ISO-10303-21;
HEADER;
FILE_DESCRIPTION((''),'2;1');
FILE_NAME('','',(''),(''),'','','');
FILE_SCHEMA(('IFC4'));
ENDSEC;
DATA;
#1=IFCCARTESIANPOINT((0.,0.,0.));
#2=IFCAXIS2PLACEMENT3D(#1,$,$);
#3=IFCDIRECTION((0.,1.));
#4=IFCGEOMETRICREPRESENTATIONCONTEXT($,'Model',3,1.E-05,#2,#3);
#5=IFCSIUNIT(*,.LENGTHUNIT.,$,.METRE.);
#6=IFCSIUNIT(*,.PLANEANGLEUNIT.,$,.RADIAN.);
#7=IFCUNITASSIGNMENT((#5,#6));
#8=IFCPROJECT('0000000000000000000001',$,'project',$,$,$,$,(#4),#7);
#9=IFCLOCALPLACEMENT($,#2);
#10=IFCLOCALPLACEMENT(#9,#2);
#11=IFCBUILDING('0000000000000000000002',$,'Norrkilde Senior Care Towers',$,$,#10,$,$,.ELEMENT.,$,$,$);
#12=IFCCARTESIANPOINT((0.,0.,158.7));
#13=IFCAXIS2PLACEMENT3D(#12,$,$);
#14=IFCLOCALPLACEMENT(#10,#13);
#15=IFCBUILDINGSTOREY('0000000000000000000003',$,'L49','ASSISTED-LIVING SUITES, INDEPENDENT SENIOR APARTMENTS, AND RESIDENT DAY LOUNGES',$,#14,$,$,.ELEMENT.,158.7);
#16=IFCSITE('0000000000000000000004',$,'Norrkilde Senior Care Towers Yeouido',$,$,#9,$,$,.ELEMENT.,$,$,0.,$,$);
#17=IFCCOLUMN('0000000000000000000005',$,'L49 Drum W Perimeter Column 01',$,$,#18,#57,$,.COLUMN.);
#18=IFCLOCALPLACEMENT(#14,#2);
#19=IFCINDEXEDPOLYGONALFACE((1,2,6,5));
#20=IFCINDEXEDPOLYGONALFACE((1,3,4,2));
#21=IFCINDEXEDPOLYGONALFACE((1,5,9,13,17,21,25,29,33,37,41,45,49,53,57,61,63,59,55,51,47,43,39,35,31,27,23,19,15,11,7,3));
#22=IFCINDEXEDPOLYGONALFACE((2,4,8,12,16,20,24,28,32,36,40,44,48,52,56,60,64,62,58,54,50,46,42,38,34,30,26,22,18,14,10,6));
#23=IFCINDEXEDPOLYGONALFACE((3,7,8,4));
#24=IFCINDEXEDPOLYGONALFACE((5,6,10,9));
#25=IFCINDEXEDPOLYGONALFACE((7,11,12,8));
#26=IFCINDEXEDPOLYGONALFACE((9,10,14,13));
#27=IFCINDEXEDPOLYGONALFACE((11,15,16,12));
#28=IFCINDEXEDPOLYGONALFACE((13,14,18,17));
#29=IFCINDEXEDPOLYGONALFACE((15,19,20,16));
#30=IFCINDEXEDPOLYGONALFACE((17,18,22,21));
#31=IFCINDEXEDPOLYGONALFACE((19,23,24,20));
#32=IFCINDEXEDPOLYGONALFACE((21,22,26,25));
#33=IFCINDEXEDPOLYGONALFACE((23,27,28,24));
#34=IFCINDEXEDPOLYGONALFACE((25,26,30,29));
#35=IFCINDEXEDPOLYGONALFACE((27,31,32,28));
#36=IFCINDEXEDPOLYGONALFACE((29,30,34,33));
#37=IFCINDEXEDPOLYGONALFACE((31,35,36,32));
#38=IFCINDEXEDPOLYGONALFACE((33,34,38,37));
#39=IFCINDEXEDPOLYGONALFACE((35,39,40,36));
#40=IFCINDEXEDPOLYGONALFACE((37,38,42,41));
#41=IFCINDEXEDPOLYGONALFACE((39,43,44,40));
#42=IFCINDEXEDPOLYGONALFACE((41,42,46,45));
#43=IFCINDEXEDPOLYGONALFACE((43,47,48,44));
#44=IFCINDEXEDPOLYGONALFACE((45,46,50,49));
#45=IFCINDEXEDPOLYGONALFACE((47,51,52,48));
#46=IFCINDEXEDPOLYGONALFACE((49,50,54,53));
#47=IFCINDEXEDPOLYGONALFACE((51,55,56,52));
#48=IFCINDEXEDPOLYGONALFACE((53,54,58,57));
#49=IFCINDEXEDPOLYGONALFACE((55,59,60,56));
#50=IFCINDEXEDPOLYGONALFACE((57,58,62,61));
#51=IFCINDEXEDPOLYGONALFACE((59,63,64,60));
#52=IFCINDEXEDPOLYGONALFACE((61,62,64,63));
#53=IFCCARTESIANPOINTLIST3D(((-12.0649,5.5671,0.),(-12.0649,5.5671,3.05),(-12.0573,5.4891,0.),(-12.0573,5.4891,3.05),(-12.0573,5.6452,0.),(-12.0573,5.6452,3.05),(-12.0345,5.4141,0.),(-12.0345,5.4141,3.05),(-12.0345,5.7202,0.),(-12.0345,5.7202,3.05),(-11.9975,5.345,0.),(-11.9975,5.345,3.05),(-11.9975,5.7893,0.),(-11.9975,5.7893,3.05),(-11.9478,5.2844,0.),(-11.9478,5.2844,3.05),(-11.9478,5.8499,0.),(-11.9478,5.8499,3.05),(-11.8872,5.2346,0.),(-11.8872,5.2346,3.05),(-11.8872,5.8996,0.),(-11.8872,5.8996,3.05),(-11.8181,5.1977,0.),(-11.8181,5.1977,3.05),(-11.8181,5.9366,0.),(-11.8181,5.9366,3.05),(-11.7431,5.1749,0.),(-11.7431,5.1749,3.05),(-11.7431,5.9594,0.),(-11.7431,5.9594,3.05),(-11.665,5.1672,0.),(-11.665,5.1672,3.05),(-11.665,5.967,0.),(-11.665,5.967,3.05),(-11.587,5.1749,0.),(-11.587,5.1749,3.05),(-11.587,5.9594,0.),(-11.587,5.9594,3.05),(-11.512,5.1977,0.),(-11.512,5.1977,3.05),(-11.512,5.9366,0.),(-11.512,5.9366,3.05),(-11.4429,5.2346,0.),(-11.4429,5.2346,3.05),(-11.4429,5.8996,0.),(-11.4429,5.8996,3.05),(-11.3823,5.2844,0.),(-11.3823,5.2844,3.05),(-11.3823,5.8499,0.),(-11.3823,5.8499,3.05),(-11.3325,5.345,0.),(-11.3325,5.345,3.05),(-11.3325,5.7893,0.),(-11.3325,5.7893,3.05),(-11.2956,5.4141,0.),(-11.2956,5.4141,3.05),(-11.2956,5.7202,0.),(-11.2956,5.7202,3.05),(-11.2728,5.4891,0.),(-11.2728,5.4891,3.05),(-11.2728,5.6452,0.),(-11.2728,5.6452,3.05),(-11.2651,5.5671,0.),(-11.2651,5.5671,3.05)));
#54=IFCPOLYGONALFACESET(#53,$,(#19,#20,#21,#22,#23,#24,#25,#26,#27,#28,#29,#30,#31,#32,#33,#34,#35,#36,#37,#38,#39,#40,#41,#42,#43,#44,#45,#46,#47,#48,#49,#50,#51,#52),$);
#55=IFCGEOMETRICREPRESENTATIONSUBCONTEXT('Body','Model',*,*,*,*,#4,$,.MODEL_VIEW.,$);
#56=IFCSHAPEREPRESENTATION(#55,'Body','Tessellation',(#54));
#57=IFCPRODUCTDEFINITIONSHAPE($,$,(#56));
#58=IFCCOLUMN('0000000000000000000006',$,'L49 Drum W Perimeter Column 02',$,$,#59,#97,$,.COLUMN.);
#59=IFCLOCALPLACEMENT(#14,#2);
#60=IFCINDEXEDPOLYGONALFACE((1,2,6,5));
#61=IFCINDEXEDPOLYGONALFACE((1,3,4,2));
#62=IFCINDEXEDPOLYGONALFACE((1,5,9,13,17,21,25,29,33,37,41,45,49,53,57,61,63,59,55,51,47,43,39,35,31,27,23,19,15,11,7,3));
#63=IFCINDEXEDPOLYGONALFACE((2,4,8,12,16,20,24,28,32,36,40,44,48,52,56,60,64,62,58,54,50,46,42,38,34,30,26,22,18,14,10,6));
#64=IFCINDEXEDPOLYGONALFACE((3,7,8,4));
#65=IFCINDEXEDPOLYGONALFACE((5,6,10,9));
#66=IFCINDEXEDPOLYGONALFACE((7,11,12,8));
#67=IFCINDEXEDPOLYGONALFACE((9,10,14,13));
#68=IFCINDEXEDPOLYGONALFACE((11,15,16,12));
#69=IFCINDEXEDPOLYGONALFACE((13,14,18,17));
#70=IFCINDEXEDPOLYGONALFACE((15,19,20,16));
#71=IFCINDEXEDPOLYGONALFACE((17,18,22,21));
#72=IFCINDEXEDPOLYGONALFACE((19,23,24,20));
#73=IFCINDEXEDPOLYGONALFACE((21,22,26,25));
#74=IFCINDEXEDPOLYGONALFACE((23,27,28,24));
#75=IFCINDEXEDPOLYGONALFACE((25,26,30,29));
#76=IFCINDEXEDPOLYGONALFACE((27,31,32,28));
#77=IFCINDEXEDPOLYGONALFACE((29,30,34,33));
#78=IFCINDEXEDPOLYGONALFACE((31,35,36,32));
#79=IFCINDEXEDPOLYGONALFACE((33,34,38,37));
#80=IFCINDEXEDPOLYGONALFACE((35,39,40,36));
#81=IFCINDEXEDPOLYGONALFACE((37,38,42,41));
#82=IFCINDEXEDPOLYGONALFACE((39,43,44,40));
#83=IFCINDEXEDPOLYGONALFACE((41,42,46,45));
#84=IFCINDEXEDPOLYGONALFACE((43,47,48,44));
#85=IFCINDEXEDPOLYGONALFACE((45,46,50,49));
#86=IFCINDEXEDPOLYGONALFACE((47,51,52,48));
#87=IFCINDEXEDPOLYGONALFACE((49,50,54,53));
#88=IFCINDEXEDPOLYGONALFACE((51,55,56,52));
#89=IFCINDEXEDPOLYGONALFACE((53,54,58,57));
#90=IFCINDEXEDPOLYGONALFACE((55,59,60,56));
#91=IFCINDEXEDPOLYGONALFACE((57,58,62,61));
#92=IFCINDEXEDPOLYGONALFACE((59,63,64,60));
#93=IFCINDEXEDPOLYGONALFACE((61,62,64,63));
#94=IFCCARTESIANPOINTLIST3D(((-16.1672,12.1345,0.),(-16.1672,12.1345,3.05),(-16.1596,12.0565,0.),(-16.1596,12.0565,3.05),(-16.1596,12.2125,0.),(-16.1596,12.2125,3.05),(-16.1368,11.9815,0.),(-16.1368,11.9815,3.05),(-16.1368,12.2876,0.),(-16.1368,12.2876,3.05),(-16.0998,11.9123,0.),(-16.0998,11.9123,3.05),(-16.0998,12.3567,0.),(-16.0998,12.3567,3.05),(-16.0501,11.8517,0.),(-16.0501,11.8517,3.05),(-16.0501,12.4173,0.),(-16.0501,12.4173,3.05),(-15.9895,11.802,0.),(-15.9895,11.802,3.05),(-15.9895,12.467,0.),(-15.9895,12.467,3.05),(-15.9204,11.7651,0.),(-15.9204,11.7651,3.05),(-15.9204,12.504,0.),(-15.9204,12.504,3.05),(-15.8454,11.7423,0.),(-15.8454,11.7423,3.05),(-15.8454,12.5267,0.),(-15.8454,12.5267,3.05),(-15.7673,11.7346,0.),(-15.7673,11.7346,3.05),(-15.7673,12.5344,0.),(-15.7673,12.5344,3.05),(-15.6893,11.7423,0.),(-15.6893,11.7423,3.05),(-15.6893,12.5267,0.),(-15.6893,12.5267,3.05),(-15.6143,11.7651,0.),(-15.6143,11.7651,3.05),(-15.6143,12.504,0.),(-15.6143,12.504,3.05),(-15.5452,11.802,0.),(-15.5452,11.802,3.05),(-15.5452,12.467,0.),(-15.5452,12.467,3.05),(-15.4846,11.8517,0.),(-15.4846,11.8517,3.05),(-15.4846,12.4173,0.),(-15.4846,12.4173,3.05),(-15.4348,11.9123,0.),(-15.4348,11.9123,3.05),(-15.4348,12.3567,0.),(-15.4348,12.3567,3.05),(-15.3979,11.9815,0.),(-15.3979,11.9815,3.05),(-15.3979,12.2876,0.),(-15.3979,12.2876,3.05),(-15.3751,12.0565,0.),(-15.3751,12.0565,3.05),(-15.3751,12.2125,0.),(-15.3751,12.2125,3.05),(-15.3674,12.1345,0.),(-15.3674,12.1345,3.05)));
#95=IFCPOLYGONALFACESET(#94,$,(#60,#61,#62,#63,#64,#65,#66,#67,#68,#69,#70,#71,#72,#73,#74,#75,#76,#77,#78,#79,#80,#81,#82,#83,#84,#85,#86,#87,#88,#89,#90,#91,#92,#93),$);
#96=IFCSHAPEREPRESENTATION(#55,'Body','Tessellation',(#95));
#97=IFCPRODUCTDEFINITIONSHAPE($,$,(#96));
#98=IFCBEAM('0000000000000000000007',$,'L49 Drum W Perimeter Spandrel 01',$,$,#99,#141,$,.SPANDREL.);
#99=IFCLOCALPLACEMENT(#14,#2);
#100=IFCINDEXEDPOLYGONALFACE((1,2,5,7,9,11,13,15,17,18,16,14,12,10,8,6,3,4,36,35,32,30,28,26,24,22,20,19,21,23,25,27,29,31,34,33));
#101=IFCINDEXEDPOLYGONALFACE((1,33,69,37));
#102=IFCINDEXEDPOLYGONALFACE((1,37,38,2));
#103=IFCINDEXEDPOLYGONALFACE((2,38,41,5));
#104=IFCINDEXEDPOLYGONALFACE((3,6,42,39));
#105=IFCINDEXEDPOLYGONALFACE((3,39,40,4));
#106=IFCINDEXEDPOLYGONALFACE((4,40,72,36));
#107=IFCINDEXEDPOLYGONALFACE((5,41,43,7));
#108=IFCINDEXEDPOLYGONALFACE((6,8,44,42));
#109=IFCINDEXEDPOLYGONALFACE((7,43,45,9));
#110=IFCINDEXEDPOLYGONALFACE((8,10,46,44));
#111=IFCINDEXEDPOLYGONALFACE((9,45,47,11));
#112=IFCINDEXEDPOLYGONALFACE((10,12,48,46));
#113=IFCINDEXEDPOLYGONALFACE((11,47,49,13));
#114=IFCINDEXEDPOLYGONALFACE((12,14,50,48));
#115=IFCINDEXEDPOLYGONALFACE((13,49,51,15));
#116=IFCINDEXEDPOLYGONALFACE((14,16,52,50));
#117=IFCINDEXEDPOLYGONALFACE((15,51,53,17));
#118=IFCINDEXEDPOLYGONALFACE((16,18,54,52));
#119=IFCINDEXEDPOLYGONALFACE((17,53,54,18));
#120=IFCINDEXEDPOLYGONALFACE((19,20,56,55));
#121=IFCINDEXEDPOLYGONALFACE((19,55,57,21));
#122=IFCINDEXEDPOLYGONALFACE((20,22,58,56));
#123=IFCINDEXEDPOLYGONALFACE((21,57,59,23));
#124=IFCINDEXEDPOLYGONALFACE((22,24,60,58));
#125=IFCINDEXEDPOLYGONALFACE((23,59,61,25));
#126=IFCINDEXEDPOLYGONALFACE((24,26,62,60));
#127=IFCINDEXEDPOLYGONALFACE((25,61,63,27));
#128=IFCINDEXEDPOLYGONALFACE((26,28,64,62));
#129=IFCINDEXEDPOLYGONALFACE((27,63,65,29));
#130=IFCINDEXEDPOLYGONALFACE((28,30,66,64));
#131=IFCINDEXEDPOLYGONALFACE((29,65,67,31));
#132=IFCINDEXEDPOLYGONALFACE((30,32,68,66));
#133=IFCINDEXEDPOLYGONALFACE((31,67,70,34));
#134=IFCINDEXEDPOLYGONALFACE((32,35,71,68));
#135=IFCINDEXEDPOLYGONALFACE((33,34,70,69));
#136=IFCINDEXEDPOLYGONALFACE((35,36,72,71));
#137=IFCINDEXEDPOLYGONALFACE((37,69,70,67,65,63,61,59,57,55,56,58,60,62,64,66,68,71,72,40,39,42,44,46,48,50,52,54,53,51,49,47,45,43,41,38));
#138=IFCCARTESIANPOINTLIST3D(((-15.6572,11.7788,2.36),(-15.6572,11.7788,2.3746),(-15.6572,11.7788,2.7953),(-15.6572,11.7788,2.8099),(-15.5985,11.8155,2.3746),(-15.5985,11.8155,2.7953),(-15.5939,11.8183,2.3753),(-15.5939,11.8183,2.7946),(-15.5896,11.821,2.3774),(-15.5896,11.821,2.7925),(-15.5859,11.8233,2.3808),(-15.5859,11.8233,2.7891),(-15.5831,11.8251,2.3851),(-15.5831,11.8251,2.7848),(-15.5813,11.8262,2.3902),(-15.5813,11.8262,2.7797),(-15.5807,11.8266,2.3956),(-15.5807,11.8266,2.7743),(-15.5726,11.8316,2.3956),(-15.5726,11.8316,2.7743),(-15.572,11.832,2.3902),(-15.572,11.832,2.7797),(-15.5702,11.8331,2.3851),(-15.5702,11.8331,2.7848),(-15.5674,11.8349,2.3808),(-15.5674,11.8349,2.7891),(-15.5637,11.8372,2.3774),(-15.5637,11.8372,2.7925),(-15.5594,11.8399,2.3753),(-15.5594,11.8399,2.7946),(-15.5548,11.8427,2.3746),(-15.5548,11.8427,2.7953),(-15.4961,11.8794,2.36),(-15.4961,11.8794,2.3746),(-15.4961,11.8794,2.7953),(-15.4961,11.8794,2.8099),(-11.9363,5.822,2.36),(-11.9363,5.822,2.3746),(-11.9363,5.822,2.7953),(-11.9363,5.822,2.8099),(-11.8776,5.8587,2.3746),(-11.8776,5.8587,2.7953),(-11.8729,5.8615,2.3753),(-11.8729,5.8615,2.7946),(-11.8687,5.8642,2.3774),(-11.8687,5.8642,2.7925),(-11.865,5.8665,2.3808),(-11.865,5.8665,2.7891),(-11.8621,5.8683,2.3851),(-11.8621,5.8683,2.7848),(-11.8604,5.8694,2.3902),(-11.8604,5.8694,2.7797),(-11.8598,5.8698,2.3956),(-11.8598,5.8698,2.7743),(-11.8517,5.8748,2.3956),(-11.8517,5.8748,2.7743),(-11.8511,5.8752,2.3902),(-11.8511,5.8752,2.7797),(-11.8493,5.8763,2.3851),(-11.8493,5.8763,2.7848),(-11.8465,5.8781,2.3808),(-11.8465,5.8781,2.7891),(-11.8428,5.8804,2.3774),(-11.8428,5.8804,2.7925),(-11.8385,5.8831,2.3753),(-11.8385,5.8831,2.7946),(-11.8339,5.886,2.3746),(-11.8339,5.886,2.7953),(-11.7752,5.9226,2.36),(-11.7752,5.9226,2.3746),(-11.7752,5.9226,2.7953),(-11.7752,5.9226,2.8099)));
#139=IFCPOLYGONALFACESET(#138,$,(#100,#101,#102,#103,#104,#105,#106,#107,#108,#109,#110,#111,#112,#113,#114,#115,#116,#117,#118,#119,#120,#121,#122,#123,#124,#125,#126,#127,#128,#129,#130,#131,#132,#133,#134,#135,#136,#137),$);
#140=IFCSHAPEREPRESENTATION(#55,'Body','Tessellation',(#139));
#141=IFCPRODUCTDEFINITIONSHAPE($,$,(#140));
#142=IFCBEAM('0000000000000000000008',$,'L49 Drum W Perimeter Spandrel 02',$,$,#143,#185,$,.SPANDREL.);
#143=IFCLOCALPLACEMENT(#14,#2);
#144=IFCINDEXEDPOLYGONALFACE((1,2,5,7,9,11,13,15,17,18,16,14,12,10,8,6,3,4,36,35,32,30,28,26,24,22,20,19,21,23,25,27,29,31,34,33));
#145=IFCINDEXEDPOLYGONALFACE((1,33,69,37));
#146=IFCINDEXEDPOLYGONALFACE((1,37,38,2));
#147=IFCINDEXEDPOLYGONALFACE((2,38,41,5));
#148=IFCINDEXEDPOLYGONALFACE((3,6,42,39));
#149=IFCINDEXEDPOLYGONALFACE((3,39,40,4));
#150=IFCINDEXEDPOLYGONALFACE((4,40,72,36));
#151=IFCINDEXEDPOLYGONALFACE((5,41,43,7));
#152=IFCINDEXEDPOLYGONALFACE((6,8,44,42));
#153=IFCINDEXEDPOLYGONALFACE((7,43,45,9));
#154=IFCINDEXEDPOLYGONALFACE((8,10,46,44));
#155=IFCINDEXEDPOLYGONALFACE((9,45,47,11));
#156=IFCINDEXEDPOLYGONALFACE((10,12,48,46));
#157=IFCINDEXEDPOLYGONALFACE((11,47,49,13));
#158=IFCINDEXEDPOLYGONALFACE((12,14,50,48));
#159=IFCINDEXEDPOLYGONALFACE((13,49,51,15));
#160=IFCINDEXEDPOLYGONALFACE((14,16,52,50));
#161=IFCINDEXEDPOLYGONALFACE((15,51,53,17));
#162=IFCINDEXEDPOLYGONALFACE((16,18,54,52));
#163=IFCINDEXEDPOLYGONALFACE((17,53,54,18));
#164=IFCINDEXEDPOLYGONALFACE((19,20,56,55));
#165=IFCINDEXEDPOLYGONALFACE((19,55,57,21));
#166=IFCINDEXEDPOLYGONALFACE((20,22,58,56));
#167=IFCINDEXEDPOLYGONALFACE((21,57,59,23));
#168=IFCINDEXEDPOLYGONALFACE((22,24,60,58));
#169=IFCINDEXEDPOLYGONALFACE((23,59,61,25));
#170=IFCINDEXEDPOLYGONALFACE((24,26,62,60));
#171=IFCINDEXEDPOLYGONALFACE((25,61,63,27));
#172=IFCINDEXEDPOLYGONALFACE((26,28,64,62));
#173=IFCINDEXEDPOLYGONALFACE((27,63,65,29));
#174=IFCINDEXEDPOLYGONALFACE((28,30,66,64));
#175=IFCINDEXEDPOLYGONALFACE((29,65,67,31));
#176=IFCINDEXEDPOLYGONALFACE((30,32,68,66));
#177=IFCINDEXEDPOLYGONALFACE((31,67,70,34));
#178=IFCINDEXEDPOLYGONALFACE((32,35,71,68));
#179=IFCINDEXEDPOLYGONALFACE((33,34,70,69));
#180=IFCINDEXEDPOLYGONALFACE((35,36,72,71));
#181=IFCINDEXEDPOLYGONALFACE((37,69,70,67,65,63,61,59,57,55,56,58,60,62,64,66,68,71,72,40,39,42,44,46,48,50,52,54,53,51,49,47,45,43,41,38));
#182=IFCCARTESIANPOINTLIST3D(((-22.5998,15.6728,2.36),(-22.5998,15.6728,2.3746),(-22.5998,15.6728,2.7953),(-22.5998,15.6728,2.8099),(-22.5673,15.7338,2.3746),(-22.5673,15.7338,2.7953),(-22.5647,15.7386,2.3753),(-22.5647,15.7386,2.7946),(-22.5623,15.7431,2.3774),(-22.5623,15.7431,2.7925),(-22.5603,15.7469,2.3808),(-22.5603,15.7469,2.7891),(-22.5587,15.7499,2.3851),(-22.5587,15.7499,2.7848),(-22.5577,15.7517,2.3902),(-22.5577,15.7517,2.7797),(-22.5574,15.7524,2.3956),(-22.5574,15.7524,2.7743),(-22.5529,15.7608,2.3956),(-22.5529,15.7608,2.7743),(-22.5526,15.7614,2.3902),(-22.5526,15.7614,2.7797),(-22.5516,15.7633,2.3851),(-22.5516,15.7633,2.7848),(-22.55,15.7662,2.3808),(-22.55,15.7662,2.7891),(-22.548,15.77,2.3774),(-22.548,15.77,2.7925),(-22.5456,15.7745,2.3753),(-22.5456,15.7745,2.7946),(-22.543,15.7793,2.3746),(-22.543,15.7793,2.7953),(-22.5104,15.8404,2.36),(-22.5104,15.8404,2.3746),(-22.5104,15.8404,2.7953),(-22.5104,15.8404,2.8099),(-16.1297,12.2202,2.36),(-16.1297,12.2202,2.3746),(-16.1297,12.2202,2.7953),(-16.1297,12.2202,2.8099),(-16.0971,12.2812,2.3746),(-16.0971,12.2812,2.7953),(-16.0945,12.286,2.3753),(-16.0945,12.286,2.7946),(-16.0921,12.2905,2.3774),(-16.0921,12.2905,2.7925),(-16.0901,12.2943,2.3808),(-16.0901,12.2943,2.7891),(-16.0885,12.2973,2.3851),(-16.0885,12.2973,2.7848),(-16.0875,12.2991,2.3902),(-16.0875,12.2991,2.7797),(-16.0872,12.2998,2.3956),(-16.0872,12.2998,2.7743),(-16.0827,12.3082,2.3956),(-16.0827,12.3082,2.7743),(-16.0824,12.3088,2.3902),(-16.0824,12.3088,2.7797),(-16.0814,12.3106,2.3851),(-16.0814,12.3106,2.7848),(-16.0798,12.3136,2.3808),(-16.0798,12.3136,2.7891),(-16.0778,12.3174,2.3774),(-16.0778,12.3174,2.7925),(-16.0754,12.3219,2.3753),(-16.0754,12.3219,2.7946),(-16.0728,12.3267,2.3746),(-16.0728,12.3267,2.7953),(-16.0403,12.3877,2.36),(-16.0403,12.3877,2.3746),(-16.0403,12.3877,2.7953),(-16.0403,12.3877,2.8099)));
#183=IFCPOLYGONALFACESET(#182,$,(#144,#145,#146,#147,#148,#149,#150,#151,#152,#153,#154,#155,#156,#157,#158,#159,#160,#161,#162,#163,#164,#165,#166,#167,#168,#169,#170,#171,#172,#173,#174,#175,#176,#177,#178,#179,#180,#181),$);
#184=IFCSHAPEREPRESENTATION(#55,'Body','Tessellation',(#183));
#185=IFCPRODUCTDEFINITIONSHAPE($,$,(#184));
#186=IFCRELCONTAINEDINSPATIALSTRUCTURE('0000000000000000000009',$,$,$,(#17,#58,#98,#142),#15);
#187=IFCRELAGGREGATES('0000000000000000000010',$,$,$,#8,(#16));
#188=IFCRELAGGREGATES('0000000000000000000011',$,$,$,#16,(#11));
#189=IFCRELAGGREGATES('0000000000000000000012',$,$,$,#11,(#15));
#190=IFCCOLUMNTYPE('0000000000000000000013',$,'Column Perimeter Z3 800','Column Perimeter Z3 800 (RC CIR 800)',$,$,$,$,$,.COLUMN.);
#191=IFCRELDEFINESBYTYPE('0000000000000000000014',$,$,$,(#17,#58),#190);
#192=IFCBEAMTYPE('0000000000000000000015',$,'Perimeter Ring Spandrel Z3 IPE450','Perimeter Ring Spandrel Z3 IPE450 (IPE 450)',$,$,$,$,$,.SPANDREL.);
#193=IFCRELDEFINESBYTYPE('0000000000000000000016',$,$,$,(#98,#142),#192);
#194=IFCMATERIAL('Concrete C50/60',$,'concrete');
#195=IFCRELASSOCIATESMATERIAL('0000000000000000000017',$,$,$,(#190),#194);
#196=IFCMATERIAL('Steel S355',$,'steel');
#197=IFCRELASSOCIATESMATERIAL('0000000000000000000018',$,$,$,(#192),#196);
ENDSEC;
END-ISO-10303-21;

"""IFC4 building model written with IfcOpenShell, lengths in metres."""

from ifc_helpers import new_model, si_unit, direction, frame, origin, origin_2d, place, context, subcontext, project, spatial, circle, i_section, extrude, source, transform, mapped, material, material_profile, profile_set, type_object, type_shapes, element, save


model = new_model("IFC4")

# Units and contexts
model_context = context("Model", 3, precision=1e-05, world=origin(), true_north=direction((0.0, 1.0)))
body_context = subcontext(model_context, "Body", "Model", "MODEL_VIEW")
ifc_project = project(units=[si_unit("LENGTHUNIT", "METRE"), si_unit("PLANEANGLEUNIT", "RADIAN")], contexts=[model_context])

# Site, building, storey
site_placement = place(None, origin())
site = spatial("IfcSite", under=ifc_project, at=site_placement, Name="Norrkilde Senior Care Towers Yeouido", CompositionType="ELEMENT", RefElevation=0.0)
building_placement = place(site_placement, origin())
building = spatial("IfcBuilding", under=site, at=building_placement, Name="Norrkilde Senior Care Towers", CompositionType="ELEMENT")
storey_placement = place(building_placement, frame((0.0, 0.0, 158.7)))
storey = spatial("IfcBuildingStorey", under=building, at=storey_placement, Name="L49", Description="ASSISTED-LIVING SUITES, INDEPENDENT SENIOR APARTMENTS, AND RESIDENT DAY LOUNGES", CompositionType="ELEMENT", Elevation=158.7)

# Columns
ifc_material_1 = material(Name="Concrete C50/60", Category="concrete")
ifc_material_profile_1 = material_profile(ifc_material_1, circle(Radius=0.3999, at=origin_2d()), Name="RC CIR 800")
ifc_profile_set_1 = profile_set([ifc_material_profile_1], Name="Concrete C50/60")
column_type = type_object("IfcColumnType", Name="Column Perimeter Z3 800", Description="Column Perimeter Z3 800 (RC CIR 800)", PredefinedType="COLUMN", material=ifc_profile_set_1)
shared_shape_1 = source(origin(), body_context, "Body", "SweptSolid", [
    extrude(circle(Radius=0.3999, at=origin_2d()), origin(), (0.0, 0.0, 1.0), 3.05),
])
type_shapes(column_type, [shared_shape_1])
for number, where, z_axis, x_axis, name in (
    (1, (-11.665, 5.5671, 0.0), (0.0, 0.0, 1.0), (1.0, 0.0, 0.0), "L49 Drum W Perimeter Column 01"),
    (2, (-15.7673, 12.1345, 0.0), (0.0, 0.0, 1.0), (1.0, 0.0, 0.0), "L49 Drum W Perimeter Column 02"),
):
    element("IfcColumn", number, at=place(storey_placement, frame(where, z_axis=z_axis, x_axis=x_axis)), inside=storey, type_object=column_type, Name=name, PredefinedType="COLUMN", context=body_context, shape_type="MappedRepresentation", body=[
        mapped(shared_shape_1, transform((0.0, 0.0, 0.0), x_axis=(1.0, 0.0, 0.0), y_axis=(0.0, 1.0, 0.0), z_axis=(0.0, 0.0, 1.0), scale=1.0)),
    ])

# Beams
ifc_material_2 = material(Name="Steel S355", Category="steel")
ifc_material_profile_2 = material_profile(ifc_material_2, i_section(OverallWidth=0.1899, OverallDepth=0.45, WebThickness=0.0095, FlangeThickness=0.0146, FilletRadius=0.021, at=origin_2d()), Name="IPE 450")
ifc_profile_set_2 = profile_set([ifc_material_profile_2], Name="Steel S355")
beam_type_1 = type_object("IfcBeamType", Name="Perimeter Ring Spandrel Z3 IPE450", Description="Perimeter Ring Spandrel Z3 IPE450 (IPE 450)", PredefinedType="SPANDREL", material=ifc_profile_set_2)
shared_shape_2 = source(origin(), body_context, "Body", "SweptSolid", [
    extrude(i_section(OverallWidth=0.1899, OverallDepth=0.45, WebThickness=0.0095, FlangeThickness=0.0146, FilletRadius=0.021, at=origin_2d()), origin(), (0.0, 0.0, 1.0), 7.0234),
])
beam_1_placement = place(storey_placement, frame((-11.8557, 5.8723, 2.585), z_axis=(-0.52979, 0.848129, 0.0), x_axis=(-0.848129, -0.52979, 0.0)))
element("IfcBeam", 3, at=beam_1_placement, inside=storey, type_object=beam_type_1, Name="L49 Drum W Perimeter Spandrel 01", PredefinedType="SPANDREL", context=body_context, shape_type="MappedRepresentation", body=[
    mapped(shared_shape_2, transform((0.0, 0.0, 0.0), x_axis=(1.0, 0.0, 0.0), y_axis=(0.0, 1.0, 0.0), z_axis=(0.0, 0.0, 1.0), scale=1.0)),
])
shared_shape_3 = source(origin(), body_context, "Body", "SweptSolid", [
    extrude(i_section(OverallWidth=0.1899, OverallDepth=0.45, WebThickness=0.0095, FlangeThickness=0.0146, FilletRadius=0.021, at=origin_2d()), origin(), (0.0, 0.0, 1.0), 7.3337),
])
type_shapes(beam_type_1, [shared_shape_2, shared_shape_3])
beam_2_placement = place(storey_placement, frame((-16.085, 12.304, 2.585), z_axis=(-0.882248, 0.470785, 0.0), x_axis=(-0.470785, -0.882248, 0.0)))
element("IfcBeam", 4, at=beam_2_placement, inside=storey, type_object=beam_type_1, Name="L49 Drum W Perimeter Spandrel 02", PredefinedType="SPANDREL", context=body_context, shape_type="MappedRepresentation", body=[
    mapped(shared_shape_3, transform((0.0, 0.0, 0.0), x_axis=(1.0, 0.0, 0.0), y_axis=(0.0, 1.0, 0.0), z_axis=(0.0, 0.0, 1.0), scale=1.0)),
])

save(model, "model.ifc")
